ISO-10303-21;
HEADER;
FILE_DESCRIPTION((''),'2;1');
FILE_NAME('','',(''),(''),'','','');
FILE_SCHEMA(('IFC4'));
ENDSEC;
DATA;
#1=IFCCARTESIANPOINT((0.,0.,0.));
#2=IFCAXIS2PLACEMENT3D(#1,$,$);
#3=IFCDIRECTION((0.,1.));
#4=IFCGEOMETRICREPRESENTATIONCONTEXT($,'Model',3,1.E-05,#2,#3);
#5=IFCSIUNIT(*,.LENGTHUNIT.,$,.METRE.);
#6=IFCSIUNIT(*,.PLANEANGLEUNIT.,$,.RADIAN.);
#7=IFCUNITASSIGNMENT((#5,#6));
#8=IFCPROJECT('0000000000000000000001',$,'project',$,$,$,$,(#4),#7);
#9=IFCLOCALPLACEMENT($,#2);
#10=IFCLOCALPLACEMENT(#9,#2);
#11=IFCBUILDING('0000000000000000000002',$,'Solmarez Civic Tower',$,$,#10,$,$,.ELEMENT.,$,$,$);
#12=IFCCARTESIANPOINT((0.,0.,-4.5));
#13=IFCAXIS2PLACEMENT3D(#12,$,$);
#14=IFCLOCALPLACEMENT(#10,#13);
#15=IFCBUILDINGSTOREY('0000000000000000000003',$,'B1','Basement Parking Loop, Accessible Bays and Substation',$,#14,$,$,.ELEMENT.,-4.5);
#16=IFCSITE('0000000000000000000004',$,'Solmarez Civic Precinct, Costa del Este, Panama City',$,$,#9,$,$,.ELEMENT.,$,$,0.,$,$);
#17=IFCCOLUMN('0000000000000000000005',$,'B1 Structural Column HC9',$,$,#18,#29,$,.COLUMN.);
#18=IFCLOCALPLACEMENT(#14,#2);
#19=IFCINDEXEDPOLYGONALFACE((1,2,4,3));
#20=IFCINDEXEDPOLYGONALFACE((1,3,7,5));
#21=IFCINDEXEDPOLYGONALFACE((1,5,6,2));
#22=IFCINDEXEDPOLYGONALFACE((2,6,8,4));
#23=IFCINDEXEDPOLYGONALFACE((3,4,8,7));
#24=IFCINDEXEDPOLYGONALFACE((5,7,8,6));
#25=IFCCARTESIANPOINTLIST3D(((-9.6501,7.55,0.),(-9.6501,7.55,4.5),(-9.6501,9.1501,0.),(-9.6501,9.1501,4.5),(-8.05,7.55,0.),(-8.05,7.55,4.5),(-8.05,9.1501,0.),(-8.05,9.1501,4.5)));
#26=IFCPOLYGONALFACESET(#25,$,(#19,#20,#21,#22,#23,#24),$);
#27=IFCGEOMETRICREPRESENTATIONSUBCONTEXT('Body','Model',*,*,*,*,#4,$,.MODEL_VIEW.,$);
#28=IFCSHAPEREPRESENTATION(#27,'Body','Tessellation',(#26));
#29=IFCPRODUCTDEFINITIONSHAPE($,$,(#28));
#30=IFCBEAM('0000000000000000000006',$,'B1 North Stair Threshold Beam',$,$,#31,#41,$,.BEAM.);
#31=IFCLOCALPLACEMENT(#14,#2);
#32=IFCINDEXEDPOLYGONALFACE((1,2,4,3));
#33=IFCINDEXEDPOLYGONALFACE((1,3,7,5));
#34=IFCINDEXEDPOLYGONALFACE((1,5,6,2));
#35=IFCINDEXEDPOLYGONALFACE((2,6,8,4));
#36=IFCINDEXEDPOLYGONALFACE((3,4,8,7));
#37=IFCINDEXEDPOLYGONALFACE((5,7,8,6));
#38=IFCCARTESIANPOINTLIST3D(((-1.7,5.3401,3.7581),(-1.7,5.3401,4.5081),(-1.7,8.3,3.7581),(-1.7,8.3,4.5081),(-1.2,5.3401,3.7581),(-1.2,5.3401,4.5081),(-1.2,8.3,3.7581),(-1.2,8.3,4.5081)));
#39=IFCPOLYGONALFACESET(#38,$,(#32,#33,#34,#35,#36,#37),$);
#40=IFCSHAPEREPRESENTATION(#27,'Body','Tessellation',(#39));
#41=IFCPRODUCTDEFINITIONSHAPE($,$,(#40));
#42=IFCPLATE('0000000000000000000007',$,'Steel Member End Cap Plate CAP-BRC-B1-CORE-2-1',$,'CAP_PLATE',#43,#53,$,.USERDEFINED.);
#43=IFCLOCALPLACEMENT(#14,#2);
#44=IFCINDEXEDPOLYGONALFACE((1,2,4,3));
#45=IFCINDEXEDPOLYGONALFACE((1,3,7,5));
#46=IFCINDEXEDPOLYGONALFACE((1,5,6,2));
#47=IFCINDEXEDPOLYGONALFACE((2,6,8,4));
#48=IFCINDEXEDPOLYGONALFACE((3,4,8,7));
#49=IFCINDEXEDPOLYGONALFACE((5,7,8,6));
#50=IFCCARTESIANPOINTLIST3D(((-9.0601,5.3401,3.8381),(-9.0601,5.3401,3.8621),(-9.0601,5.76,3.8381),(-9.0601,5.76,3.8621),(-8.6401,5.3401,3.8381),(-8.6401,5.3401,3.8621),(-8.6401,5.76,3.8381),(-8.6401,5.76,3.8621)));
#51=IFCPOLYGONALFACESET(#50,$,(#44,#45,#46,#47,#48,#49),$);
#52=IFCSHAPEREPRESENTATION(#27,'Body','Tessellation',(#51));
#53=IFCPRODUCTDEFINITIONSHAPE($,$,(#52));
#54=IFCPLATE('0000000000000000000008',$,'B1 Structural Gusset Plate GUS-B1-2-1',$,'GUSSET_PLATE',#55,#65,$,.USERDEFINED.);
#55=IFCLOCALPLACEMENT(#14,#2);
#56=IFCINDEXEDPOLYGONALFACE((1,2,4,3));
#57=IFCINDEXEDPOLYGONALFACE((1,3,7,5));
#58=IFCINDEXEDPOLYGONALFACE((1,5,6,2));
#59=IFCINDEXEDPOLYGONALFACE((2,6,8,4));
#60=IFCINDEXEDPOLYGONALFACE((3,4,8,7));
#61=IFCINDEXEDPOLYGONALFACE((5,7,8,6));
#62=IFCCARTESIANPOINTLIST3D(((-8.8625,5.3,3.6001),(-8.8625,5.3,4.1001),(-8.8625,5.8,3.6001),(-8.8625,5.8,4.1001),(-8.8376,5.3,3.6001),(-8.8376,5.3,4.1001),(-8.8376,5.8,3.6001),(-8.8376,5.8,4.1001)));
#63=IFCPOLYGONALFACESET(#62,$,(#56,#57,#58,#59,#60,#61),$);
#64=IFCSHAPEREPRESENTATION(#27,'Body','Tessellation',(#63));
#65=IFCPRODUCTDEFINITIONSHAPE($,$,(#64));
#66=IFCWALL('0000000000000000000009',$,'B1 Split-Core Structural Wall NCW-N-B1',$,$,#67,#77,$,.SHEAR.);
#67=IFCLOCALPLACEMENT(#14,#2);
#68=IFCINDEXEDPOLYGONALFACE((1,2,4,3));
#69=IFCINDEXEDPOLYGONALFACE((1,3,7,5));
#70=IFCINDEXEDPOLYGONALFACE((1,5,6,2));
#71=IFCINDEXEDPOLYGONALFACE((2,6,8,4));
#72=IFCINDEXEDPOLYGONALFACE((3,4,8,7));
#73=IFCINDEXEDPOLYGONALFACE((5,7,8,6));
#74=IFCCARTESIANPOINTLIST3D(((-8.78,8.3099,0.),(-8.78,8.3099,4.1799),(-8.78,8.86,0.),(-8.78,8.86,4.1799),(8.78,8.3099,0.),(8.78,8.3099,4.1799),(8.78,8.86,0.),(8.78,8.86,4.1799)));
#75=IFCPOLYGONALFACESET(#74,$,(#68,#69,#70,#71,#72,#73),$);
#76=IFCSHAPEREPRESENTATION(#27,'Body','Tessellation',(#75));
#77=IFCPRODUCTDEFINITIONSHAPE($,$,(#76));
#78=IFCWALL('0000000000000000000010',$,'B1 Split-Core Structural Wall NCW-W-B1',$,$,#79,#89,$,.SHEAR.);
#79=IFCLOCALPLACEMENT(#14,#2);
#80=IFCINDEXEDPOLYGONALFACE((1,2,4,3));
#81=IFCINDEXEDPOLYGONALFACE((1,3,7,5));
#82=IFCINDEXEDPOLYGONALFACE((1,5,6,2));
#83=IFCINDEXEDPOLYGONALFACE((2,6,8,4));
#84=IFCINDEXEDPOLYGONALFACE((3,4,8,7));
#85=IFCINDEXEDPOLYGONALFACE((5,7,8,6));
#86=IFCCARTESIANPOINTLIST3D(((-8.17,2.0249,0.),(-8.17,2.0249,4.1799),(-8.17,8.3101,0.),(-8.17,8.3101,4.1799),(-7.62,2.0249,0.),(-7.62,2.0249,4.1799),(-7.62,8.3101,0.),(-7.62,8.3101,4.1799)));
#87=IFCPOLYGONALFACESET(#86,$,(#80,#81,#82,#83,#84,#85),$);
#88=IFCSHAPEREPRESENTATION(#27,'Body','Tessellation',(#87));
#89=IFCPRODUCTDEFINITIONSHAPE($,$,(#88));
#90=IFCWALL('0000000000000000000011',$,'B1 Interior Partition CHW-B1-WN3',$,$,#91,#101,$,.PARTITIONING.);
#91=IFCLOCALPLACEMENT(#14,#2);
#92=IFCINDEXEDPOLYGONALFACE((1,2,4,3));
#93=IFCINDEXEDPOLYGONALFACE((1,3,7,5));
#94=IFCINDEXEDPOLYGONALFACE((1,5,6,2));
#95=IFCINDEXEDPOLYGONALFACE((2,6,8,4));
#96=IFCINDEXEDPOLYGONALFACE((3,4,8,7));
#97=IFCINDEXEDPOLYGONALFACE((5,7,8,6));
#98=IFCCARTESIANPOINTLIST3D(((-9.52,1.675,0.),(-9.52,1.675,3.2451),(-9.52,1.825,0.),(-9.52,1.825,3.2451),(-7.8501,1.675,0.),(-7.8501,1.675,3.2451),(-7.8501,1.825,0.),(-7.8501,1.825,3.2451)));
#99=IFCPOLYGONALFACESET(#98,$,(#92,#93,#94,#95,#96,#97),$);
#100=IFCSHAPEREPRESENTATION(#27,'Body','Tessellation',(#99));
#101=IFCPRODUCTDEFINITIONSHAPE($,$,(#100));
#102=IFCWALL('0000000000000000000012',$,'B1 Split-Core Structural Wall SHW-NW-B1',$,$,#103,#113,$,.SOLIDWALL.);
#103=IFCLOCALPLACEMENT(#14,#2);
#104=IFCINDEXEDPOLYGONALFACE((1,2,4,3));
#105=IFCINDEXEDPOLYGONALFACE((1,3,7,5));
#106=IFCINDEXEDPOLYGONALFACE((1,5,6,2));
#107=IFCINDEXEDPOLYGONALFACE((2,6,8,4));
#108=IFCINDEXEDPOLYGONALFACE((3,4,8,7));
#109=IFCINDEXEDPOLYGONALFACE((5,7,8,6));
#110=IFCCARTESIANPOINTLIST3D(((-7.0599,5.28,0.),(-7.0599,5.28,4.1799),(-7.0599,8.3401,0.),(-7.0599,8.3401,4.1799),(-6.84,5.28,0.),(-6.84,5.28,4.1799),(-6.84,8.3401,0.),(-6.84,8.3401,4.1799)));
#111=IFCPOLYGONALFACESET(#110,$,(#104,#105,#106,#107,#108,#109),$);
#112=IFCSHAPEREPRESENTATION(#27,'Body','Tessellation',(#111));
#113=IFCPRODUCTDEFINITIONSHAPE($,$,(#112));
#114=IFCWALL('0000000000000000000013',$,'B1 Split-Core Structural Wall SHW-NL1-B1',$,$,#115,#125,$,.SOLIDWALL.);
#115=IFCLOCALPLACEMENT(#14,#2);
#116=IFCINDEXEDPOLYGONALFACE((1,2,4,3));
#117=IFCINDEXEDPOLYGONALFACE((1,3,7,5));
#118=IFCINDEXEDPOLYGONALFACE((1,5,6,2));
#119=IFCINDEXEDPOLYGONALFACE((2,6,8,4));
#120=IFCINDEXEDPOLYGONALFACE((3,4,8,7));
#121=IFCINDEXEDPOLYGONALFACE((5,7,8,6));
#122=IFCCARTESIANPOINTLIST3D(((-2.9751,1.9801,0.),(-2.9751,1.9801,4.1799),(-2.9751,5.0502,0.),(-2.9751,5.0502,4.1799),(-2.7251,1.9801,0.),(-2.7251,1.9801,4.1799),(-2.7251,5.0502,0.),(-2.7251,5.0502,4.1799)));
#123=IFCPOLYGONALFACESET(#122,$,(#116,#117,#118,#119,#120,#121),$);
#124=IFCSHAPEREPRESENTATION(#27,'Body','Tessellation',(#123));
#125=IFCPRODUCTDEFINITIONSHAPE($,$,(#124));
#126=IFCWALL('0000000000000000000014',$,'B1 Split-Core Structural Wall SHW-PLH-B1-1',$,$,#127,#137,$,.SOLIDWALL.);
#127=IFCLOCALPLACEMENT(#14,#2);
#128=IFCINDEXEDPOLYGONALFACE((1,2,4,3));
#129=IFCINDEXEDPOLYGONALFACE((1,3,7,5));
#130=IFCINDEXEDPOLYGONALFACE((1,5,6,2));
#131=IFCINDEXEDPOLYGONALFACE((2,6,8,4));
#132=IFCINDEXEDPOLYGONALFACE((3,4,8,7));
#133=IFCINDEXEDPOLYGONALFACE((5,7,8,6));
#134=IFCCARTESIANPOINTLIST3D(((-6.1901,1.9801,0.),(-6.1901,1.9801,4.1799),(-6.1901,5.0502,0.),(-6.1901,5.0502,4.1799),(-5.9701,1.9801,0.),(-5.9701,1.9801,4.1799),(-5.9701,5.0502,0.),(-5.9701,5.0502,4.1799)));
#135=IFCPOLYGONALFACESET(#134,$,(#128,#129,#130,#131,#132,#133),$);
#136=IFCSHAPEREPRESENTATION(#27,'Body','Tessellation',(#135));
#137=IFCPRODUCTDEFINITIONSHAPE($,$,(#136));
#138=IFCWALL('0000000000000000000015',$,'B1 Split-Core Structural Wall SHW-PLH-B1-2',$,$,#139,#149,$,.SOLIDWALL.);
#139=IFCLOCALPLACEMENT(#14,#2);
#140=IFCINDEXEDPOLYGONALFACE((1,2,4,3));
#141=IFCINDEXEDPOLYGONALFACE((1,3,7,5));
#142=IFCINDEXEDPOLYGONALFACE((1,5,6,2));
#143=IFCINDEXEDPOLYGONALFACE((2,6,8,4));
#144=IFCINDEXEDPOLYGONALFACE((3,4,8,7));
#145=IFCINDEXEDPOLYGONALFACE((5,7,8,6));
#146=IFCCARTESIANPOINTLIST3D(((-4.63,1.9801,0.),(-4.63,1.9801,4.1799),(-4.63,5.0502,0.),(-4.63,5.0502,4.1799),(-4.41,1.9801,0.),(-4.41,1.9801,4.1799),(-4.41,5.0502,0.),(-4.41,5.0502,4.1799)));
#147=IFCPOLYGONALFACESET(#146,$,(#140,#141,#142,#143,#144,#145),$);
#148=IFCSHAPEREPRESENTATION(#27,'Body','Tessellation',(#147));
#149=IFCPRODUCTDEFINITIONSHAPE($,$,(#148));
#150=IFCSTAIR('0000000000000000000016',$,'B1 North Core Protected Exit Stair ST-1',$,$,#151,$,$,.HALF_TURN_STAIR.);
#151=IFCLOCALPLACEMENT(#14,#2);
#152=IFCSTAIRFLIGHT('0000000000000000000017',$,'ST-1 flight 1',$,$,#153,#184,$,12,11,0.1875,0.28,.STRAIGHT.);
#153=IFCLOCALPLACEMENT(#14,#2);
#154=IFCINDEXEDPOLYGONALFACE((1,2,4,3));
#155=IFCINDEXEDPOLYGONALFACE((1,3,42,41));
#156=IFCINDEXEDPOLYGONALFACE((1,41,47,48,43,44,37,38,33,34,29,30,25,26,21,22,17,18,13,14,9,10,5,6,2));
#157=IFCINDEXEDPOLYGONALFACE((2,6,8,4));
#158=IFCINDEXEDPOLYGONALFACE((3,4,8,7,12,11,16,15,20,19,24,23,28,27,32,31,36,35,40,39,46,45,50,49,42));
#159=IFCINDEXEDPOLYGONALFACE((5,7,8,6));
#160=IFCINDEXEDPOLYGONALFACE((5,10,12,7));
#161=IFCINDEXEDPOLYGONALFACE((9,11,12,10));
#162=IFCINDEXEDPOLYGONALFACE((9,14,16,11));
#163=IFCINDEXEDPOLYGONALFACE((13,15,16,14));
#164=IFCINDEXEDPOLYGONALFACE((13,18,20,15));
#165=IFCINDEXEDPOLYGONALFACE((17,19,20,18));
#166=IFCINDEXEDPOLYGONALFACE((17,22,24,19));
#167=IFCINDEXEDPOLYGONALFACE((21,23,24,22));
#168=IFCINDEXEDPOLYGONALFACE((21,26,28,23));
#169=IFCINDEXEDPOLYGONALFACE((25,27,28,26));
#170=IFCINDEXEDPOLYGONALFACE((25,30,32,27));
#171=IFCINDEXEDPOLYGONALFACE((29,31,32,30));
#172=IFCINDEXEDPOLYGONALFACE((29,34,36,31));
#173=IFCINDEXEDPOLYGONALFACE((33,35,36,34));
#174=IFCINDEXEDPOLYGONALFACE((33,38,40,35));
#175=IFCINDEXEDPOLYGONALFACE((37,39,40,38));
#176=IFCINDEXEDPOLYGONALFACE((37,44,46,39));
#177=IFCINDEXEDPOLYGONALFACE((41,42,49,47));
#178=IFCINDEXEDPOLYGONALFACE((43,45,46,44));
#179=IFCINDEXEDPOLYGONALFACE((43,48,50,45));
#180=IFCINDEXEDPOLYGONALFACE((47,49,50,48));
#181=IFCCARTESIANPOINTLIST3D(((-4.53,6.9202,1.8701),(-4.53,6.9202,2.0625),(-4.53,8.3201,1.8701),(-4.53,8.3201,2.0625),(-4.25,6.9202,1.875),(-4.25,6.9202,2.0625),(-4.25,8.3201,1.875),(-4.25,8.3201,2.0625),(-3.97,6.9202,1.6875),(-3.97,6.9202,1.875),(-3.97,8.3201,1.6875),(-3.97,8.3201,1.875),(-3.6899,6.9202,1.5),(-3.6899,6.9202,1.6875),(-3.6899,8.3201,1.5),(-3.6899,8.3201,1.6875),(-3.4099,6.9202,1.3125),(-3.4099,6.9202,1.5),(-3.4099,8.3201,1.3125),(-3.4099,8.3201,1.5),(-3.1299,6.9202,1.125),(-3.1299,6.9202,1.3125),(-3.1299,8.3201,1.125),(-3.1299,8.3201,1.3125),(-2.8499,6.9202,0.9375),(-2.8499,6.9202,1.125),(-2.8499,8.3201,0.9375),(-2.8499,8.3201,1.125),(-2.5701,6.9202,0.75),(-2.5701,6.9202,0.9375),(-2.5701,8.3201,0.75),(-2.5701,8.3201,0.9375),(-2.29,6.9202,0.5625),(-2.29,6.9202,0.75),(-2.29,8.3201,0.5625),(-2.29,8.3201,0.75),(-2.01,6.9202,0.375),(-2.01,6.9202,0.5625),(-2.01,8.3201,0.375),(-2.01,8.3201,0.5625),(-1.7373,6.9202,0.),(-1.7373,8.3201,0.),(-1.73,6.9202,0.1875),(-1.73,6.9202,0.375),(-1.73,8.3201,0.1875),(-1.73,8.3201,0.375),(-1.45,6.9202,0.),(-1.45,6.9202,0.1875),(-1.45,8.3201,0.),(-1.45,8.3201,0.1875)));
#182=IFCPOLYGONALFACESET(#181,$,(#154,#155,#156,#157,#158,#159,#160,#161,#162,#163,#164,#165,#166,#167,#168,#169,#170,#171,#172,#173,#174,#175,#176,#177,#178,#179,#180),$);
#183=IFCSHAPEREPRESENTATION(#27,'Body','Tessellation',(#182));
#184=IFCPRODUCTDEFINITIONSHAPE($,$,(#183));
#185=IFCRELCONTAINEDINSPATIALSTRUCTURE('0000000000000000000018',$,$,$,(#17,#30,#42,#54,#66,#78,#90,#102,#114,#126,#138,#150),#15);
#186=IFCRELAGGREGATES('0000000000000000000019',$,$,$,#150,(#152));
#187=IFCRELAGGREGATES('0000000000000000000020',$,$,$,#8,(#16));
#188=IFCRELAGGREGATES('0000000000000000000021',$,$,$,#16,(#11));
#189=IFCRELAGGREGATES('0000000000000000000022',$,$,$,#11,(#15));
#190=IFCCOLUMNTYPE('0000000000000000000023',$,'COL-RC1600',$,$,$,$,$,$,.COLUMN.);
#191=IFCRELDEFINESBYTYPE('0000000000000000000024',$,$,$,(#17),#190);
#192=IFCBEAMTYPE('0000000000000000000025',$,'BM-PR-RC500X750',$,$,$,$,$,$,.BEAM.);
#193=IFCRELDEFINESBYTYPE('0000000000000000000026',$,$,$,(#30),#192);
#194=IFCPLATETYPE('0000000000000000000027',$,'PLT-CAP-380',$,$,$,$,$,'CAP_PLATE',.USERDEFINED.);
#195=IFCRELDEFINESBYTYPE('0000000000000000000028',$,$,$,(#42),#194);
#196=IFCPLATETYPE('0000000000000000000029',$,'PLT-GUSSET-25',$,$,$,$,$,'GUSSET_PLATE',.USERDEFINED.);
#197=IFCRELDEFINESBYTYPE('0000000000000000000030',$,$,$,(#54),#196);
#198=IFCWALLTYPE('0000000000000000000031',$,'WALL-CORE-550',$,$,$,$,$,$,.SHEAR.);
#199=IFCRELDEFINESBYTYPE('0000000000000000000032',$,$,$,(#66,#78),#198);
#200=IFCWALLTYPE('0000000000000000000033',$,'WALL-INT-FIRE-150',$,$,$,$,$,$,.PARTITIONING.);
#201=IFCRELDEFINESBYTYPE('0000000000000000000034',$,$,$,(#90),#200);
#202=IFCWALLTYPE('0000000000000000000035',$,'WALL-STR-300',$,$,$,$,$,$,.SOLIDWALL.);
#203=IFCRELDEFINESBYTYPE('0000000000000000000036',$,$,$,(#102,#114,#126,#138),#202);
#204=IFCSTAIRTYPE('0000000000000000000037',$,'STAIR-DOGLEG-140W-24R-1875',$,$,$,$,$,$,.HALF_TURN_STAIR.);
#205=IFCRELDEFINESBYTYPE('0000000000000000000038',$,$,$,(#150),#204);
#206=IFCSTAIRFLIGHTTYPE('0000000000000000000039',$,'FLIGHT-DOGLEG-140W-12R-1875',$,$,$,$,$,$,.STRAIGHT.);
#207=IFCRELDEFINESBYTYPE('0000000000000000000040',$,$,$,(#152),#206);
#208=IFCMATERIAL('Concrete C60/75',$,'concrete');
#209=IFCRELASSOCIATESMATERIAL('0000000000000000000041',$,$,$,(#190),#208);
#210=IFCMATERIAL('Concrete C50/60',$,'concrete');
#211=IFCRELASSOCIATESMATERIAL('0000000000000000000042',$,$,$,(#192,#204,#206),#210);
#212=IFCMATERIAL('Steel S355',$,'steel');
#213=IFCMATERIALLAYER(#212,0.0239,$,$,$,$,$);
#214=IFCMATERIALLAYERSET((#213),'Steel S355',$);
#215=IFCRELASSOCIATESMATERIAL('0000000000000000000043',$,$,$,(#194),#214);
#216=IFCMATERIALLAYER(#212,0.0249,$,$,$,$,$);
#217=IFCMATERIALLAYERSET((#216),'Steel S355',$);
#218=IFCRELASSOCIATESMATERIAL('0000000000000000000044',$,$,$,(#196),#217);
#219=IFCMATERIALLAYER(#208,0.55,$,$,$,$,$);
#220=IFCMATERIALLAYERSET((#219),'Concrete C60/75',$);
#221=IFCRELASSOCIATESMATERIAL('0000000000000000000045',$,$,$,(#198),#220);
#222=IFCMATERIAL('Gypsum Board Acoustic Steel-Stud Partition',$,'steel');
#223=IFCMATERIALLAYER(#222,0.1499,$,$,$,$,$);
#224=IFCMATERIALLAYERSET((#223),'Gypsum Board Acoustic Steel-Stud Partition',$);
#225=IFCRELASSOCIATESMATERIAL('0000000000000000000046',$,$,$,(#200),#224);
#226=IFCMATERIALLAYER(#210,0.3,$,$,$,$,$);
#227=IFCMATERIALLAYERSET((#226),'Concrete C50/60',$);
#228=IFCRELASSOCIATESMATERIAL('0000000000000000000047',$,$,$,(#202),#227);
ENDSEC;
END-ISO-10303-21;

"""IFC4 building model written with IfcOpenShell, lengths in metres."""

from ifc_helpers import new_model, si_unit, direction, frame, frame_2d, origin, origin_2d, place, context, subcontext, project, spatial, polyline, rectangle, outline, extrude, material, layer, layer_set, material_profile, profile_set, type_object, element, aggregate, save


model = new_model("IFC4")

# Units and contexts
model_context = context("Model", 3, precision=1e-05, world=origin(), true_north=direction((0.0, 1.0)))
body_context = subcontext(model_context, "Body", "Model", "MODEL_VIEW")
ifc_project = project(units=[si_unit("LENGTHUNIT", "METRE"), si_unit("PLANEANGLEUNIT", "RADIAN")], contexts=[model_context])

# Site, building, storey
site_placement = place(None, origin())
site = spatial("IfcSite", under=ifc_project, at=site_placement, Name="Solmarez Civic Precinct, Costa del Este, Panama City", CompositionType="ELEMENT", RefElevation=0.0)
building_placement = place(site_placement, origin())
building = spatial("IfcBuilding", under=site, at=building_placement, Name="Solmarez Civic Tower", CompositionType="ELEMENT")
storey_placement = place(building_placement, frame((0.0, 0.0, -4.5)))
storey = spatial("IfcBuildingStorey", under=building, at=storey_placement, Name="B1", Description="Basement Parking Loop, Accessible Bays and Substation", CompositionType="ELEMENT", Elevation=-4.5)

# Column
ifc_material_1 = material(Name="Concrete C60/75", Category="concrete")
ifc_material_profile_1 = material_profile(ifc_material_1, rectangle(XDim=1.6001, YDim=1.6001, at=origin_2d()), Name="RC1600X1600")
ifc_profile_set_1 = profile_set([ifc_material_profile_1], Name="Concrete C60/75")
column_type = type_object("IfcColumnType", Name="COL-RC1600", PredefinedType="COLUMN", material=ifc_profile_set_1)
column_placement = place(storey_placement, frame((-8.8501, 8.3501, 0.0), z_axis=(0.0, 0.0, 1.0), x_axis=(1.0, 0.0, 0.0)))
element("IfcColumn", 1, at=column_placement, inside=storey, type_object=column_type, Name="B1 Structural Column HC9", PredefinedType="COLUMN", context=body_context, shape_type="SweptSolid", body=[
    extrude(rectangle(XDim=1.6001, YDim=1.6001, at=origin_2d()), origin(), (0.0, 0.0, 1.0), 4.5),
])

# Beam
ifc_material_2 = material(Name="Concrete C50/60", Category="concrete")
ifc_material_profile_2 = material_profile(ifc_material_2, rectangle(XDim=0.5, YDim=0.75, at=origin_2d()), Name="RC500X750")
ifc_profile_set_2 = profile_set([ifc_material_profile_2], Name="Concrete C50/60")
beam_type = type_object("IfcBeamType", Name="BM-PR-RC500X750", PredefinedType="BEAM", material=ifc_profile_set_2)
beam_placement = place(storey_placement, frame((-1.45, 5.3401, 4.1331), z_axis=(0.0, 1.0, 0.0), x_axis=(-1.0, 0.0, 0.0)))
element("IfcBeam", 2, at=beam_placement, inside=storey, type_object=beam_type, Name="B1 North Stair Threshold Beam", PredefinedType="BEAM", context=body_context, shape_type="SweptSolid", body=[
    extrude(rectangle(XDim=0.5, YDim=0.75, at=origin_2d()), origin(), (0.0, 0.0, 1.0), 2.96),
])

# Plates
ifc_material_3 = material(Name="Steel S355", Category="steel")
ifc_layer_1 = layer(ifc_material_3, 0.0239)
ifc_layer_set_1 = layer_set([ifc_layer_1], Name="Steel S355")
plate_type_1 = type_object("IfcPlateType", Name="PLT-CAP-380", ElementType="CAP_PLATE", PredefinedType="USERDEFINED", material=ifc_layer_set_1)
plate_1_placement = place(storey_placement, frame((-8.8501, 5.55, 3.8381), z_axis=(0.0, 0.0, 1.0), x_axis=(1.0, 0.0, 0.0)))
element("IfcPlate", 3, at=plate_1_placement, inside=storey, type_object=plate_type_1, Name="Steel Member End Cap Plate CAP-BRC-B1-CORE-2-1", ObjectType="CAP_PLATE", PredefinedType="USERDEFINED", context=body_context, shape_type="SweptSolid", body=[
    extrude(rectangle(XDim=0.4199, YDim=0.4199, at=origin_2d()), origin(), (0.0, 0.0, 1.0), 0.0239),
])
ifc_layer_2 = layer(ifc_material_3, 0.0249)
ifc_layer_set_2 = layer_set([ifc_layer_2], Name="Steel S355")
plate_type_2 = type_object("IfcPlateType", Name="PLT-GUSSET-25", ElementType="GUSSET_PLATE", PredefinedType="USERDEFINED", material=ifc_layer_set_2)
plate_2_placement = place(storey_placement, frame((-8.8501, 5.55, 3.6001), z_axis=(0.0, 0.0, 1.0), x_axis=(0.0, 1.0, 0.0)))
element("IfcPlate", 4, at=plate_2_placement, inside=storey, type_object=plate_type_2, Name="B1 Structural Gusset Plate GUS-B1-2-1", ObjectType="GUSSET_PLATE", PredefinedType="USERDEFINED", context=body_context, shape_type="SweptSolid", body=[
    extrude(rectangle(XDim=0.5, YDim=0.0249, at=origin_2d()), origin(), (0.0, 0.0, 1.0), 0.5),
])

# Walls
ifc_layer_3 = layer(ifc_material_1, 0.55)
ifc_layer_set_3 = layer_set([ifc_layer_3], Name="Concrete C60/75")
wall_type_1 = type_object("IfcWallType", Name="WALL-CORE-550", PredefinedType="SHEAR", material=ifc_layer_set_3)
wall_1_placement = place(storey_placement, frame((-8.78, 8.585, 0.0), z_axis=(0.0, 0.0, 1.0), x_axis=(1.0, 0.0, 0.0)))
element("IfcWall", 5, at=wall_1_placement, inside=storey, type_object=wall_type_1, Name="B1 Split-Core Structural Wall NCW-N-B1", PredefinedType="SHEAR", context=body_context, shape_type="SweptSolid", body=[
    extrude(rectangle(XDim=17.5601, YDim=0.55, at=frame_2d((8.78, 0.0))), origin(), (0.0, 0.0, 1.0), 4.1799),
])
wall_2_placement = place(storey_placement, frame((-7.895, 2.0249, 0.0), z_axis=(0.0, 0.0, 1.0), x_axis=(0.0, 1.0, 0.0)))
element("IfcWall", 6, at=wall_2_placement, inside=storey, type_object=wall_type_1, Name="B1 Split-Core Structural Wall NCW-W-B1", PredefinedType="SHEAR", context=body_context, shape_type="SweptSolid", body=[
    extrude(rectangle(XDim=6.2852, YDim=0.55, at=frame_2d((3.1426, 0.0))), origin(), (0.0, 0.0, 1.0), 4.1799),
])
ifc_material_4 = material(Name="Gypsum Board Acoustic Steel-Stud Partition", Category="steel")
ifc_layer_4 = layer(ifc_material_4, 0.1499)
ifc_layer_set_4 = layer_set([ifc_layer_4], Name="Gypsum Board Acoustic Steel-Stud Partition")
wall_type_2 = type_object("IfcWallType", Name="WALL-INT-FIRE-150", PredefinedType="PARTITIONING", material=ifc_layer_set_4)
wall_3_placement = place(storey_placement, frame((-7.8501, 1.75, 0.0), z_axis=(0.0, 0.0, 1.0), x_axis=(-1.0, 0.0, 0.0)))
element("IfcWall", 7, at=wall_3_placement, inside=storey, type_object=wall_type_2, Name="B1 Interior Partition CHW-B1-WN3", PredefinedType="PARTITIONING", context=body_context, shape_type="SweptSolid", body=[
    extrude(rectangle(XDim=1.6699, YDim=0.1499, at=frame_2d((0.835, 0.0))), origin(), (0.0, 0.0, 1.0), 3.2451),
])
ifc_layer_5 = layer(ifc_material_2, 0.3)
ifc_layer_set_5 = layer_set([ifc_layer_5], Name="Concrete C50/60")
wall_type_3 = type_object("IfcWallType", Name="WALL-STR-300", PredefinedType="SOLIDWALL", material=ifc_layer_set_5)
wall_4_placement = place(storey_placement, frame((-6.95, 5.28, 0.0), z_axis=(0.0, 0.0, 1.0), x_axis=(0.0, 1.0, 0.0)))
element("IfcWall", 8, at=wall_4_placement, inside=storey, type_object=wall_type_3, Name="B1 Split-Core Structural Wall SHW-NW-B1", PredefinedType="SOLIDWALL", context=body_context, shape_type="SweptSolid", body=[
    extrude(rectangle(XDim=3.0601, YDim=0.22, at=frame_2d((1.53, 0.0))), origin(), (0.0, 0.0, 1.0), 4.1799),
])
wall_5_placement = place(storey_placement, frame((-2.8501, 1.98, 0.0), z_axis=(0.0, 0.0, 1.0), x_axis=(0.0, 1.0, 0.0)))
element("IfcWall", 9, at=wall_5_placement, inside=storey, type_object=wall_type_3, Name="B1 Split-Core Structural Wall SHW-NL1-B1", PredefinedType="SOLIDWALL", context=body_context, shape_type="SweptSolid", body=[
    extrude(rectangle(XDim=3.0701, YDim=0.25, at=frame_2d((1.5352, 0.0))), origin(), (0.0, 0.0, 1.0), 4.1799),
])
for number, where, z_axis, x_axis, name in (
    (10, (-6.0801, 1.98, 0.0), (0.0, 0.0, 1.0), (0.0, 1.0, 0.0), "B1 Split-Core Structural Wall SHW-PLH-B1-1"),
    (11, (-4.52, 1.98, 0.0), (0.0, 0.0, 1.0), (0.0, 1.0, 0.0), "B1 Split-Core Structural Wall SHW-PLH-B1-2"),
):
    element("IfcWall", number, at=place(storey_placement, frame(where, z_axis=z_axis, x_axis=x_axis)), inside=storey, type_object=wall_type_3, Name=name, PredefinedType="SOLIDWALL", context=body_context, shape_type="SweptSolid", body=[
        extrude(rectangle(XDim=3.0701, YDim=0.22, at=frame_2d((1.5352, 0.0))), origin(), (0.0, 0.0, 1.0), 4.1799),
    ])

# Stair, stair flight
stair_type = type_object("IfcStairType", Name="STAIR-DOGLEG-140W-24R-1875", PredefinedType="HALF_TURN_STAIR", material=ifc_material_2)
stair_placement = place(storey_placement, origin())
stair = element("IfcStair", 12, at=stair_placement, inside=storey, type_object=stair_type, Name="B1 North Core Protected Exit Stair ST-1", PredefinedType="HALF_TURN_STAIR")
stair_flight_type = type_object("IfcStairFlightType", Name="FLIGHT-DOGLEG-140W-12R-1875", PredefinedType="STRAIGHT", material=ifc_material_2)
stair_flight_1_placement = place(storey_placement, frame((-1.45, 7.6201, 0.0), z_axis=(0.0, 0.0, 1.0), x_axis=(-1.0, 0.0, 0.0)))
stair_flight_1 = element("IfcStairFlight", 13, at=stair_flight_1_placement, type_object=stair_flight_type, Name="ST-1 flight 1", NumberOfRisers=12, NumberOfTreads=11, PredefinedType="STRAIGHT", RiserHeight=0.1875, TreadLength=0.28, context=body_context, shape_type="SweptSolid", body=[
    extrude(outline(polyline([(0.0, 0.0), (0.0, 0.1875), (0.28, 0.1875), (0.28, 0.375), (0.5601, 0.375), (0.5601, 0.5625), (0.8401, 0.5625), (0.8401, 0.75), (1.1201, 0.75), (1.1201, 0.9375), (1.3999, 0.9375), (1.3999, 1.125), (1.6799, 1.125), (1.6799, 1.3125), (1.96, 1.3125), (1.96, 1.5), (2.24, 1.5), (2.24, 1.6875), (2.52, 1.6875), (2.52, 1.875), (2.8, 1.875), (2.8, 2.0625), (3.0801, 2.0625), (3.0801, 2.25), (3.0801, 1.8701), (0.2874, 0.0), (0.0, 0.0)])), frame((0.0, 0.7, 0.0), z_axis=(0.0, -1.0, 0.0), x_axis=(1.0, 0.0, 0.0)), (0.0, 0.0, 1.0), 1.3999),
])
aggregate(stair, [stair_flight_1])

save(model, "model.ifc")
